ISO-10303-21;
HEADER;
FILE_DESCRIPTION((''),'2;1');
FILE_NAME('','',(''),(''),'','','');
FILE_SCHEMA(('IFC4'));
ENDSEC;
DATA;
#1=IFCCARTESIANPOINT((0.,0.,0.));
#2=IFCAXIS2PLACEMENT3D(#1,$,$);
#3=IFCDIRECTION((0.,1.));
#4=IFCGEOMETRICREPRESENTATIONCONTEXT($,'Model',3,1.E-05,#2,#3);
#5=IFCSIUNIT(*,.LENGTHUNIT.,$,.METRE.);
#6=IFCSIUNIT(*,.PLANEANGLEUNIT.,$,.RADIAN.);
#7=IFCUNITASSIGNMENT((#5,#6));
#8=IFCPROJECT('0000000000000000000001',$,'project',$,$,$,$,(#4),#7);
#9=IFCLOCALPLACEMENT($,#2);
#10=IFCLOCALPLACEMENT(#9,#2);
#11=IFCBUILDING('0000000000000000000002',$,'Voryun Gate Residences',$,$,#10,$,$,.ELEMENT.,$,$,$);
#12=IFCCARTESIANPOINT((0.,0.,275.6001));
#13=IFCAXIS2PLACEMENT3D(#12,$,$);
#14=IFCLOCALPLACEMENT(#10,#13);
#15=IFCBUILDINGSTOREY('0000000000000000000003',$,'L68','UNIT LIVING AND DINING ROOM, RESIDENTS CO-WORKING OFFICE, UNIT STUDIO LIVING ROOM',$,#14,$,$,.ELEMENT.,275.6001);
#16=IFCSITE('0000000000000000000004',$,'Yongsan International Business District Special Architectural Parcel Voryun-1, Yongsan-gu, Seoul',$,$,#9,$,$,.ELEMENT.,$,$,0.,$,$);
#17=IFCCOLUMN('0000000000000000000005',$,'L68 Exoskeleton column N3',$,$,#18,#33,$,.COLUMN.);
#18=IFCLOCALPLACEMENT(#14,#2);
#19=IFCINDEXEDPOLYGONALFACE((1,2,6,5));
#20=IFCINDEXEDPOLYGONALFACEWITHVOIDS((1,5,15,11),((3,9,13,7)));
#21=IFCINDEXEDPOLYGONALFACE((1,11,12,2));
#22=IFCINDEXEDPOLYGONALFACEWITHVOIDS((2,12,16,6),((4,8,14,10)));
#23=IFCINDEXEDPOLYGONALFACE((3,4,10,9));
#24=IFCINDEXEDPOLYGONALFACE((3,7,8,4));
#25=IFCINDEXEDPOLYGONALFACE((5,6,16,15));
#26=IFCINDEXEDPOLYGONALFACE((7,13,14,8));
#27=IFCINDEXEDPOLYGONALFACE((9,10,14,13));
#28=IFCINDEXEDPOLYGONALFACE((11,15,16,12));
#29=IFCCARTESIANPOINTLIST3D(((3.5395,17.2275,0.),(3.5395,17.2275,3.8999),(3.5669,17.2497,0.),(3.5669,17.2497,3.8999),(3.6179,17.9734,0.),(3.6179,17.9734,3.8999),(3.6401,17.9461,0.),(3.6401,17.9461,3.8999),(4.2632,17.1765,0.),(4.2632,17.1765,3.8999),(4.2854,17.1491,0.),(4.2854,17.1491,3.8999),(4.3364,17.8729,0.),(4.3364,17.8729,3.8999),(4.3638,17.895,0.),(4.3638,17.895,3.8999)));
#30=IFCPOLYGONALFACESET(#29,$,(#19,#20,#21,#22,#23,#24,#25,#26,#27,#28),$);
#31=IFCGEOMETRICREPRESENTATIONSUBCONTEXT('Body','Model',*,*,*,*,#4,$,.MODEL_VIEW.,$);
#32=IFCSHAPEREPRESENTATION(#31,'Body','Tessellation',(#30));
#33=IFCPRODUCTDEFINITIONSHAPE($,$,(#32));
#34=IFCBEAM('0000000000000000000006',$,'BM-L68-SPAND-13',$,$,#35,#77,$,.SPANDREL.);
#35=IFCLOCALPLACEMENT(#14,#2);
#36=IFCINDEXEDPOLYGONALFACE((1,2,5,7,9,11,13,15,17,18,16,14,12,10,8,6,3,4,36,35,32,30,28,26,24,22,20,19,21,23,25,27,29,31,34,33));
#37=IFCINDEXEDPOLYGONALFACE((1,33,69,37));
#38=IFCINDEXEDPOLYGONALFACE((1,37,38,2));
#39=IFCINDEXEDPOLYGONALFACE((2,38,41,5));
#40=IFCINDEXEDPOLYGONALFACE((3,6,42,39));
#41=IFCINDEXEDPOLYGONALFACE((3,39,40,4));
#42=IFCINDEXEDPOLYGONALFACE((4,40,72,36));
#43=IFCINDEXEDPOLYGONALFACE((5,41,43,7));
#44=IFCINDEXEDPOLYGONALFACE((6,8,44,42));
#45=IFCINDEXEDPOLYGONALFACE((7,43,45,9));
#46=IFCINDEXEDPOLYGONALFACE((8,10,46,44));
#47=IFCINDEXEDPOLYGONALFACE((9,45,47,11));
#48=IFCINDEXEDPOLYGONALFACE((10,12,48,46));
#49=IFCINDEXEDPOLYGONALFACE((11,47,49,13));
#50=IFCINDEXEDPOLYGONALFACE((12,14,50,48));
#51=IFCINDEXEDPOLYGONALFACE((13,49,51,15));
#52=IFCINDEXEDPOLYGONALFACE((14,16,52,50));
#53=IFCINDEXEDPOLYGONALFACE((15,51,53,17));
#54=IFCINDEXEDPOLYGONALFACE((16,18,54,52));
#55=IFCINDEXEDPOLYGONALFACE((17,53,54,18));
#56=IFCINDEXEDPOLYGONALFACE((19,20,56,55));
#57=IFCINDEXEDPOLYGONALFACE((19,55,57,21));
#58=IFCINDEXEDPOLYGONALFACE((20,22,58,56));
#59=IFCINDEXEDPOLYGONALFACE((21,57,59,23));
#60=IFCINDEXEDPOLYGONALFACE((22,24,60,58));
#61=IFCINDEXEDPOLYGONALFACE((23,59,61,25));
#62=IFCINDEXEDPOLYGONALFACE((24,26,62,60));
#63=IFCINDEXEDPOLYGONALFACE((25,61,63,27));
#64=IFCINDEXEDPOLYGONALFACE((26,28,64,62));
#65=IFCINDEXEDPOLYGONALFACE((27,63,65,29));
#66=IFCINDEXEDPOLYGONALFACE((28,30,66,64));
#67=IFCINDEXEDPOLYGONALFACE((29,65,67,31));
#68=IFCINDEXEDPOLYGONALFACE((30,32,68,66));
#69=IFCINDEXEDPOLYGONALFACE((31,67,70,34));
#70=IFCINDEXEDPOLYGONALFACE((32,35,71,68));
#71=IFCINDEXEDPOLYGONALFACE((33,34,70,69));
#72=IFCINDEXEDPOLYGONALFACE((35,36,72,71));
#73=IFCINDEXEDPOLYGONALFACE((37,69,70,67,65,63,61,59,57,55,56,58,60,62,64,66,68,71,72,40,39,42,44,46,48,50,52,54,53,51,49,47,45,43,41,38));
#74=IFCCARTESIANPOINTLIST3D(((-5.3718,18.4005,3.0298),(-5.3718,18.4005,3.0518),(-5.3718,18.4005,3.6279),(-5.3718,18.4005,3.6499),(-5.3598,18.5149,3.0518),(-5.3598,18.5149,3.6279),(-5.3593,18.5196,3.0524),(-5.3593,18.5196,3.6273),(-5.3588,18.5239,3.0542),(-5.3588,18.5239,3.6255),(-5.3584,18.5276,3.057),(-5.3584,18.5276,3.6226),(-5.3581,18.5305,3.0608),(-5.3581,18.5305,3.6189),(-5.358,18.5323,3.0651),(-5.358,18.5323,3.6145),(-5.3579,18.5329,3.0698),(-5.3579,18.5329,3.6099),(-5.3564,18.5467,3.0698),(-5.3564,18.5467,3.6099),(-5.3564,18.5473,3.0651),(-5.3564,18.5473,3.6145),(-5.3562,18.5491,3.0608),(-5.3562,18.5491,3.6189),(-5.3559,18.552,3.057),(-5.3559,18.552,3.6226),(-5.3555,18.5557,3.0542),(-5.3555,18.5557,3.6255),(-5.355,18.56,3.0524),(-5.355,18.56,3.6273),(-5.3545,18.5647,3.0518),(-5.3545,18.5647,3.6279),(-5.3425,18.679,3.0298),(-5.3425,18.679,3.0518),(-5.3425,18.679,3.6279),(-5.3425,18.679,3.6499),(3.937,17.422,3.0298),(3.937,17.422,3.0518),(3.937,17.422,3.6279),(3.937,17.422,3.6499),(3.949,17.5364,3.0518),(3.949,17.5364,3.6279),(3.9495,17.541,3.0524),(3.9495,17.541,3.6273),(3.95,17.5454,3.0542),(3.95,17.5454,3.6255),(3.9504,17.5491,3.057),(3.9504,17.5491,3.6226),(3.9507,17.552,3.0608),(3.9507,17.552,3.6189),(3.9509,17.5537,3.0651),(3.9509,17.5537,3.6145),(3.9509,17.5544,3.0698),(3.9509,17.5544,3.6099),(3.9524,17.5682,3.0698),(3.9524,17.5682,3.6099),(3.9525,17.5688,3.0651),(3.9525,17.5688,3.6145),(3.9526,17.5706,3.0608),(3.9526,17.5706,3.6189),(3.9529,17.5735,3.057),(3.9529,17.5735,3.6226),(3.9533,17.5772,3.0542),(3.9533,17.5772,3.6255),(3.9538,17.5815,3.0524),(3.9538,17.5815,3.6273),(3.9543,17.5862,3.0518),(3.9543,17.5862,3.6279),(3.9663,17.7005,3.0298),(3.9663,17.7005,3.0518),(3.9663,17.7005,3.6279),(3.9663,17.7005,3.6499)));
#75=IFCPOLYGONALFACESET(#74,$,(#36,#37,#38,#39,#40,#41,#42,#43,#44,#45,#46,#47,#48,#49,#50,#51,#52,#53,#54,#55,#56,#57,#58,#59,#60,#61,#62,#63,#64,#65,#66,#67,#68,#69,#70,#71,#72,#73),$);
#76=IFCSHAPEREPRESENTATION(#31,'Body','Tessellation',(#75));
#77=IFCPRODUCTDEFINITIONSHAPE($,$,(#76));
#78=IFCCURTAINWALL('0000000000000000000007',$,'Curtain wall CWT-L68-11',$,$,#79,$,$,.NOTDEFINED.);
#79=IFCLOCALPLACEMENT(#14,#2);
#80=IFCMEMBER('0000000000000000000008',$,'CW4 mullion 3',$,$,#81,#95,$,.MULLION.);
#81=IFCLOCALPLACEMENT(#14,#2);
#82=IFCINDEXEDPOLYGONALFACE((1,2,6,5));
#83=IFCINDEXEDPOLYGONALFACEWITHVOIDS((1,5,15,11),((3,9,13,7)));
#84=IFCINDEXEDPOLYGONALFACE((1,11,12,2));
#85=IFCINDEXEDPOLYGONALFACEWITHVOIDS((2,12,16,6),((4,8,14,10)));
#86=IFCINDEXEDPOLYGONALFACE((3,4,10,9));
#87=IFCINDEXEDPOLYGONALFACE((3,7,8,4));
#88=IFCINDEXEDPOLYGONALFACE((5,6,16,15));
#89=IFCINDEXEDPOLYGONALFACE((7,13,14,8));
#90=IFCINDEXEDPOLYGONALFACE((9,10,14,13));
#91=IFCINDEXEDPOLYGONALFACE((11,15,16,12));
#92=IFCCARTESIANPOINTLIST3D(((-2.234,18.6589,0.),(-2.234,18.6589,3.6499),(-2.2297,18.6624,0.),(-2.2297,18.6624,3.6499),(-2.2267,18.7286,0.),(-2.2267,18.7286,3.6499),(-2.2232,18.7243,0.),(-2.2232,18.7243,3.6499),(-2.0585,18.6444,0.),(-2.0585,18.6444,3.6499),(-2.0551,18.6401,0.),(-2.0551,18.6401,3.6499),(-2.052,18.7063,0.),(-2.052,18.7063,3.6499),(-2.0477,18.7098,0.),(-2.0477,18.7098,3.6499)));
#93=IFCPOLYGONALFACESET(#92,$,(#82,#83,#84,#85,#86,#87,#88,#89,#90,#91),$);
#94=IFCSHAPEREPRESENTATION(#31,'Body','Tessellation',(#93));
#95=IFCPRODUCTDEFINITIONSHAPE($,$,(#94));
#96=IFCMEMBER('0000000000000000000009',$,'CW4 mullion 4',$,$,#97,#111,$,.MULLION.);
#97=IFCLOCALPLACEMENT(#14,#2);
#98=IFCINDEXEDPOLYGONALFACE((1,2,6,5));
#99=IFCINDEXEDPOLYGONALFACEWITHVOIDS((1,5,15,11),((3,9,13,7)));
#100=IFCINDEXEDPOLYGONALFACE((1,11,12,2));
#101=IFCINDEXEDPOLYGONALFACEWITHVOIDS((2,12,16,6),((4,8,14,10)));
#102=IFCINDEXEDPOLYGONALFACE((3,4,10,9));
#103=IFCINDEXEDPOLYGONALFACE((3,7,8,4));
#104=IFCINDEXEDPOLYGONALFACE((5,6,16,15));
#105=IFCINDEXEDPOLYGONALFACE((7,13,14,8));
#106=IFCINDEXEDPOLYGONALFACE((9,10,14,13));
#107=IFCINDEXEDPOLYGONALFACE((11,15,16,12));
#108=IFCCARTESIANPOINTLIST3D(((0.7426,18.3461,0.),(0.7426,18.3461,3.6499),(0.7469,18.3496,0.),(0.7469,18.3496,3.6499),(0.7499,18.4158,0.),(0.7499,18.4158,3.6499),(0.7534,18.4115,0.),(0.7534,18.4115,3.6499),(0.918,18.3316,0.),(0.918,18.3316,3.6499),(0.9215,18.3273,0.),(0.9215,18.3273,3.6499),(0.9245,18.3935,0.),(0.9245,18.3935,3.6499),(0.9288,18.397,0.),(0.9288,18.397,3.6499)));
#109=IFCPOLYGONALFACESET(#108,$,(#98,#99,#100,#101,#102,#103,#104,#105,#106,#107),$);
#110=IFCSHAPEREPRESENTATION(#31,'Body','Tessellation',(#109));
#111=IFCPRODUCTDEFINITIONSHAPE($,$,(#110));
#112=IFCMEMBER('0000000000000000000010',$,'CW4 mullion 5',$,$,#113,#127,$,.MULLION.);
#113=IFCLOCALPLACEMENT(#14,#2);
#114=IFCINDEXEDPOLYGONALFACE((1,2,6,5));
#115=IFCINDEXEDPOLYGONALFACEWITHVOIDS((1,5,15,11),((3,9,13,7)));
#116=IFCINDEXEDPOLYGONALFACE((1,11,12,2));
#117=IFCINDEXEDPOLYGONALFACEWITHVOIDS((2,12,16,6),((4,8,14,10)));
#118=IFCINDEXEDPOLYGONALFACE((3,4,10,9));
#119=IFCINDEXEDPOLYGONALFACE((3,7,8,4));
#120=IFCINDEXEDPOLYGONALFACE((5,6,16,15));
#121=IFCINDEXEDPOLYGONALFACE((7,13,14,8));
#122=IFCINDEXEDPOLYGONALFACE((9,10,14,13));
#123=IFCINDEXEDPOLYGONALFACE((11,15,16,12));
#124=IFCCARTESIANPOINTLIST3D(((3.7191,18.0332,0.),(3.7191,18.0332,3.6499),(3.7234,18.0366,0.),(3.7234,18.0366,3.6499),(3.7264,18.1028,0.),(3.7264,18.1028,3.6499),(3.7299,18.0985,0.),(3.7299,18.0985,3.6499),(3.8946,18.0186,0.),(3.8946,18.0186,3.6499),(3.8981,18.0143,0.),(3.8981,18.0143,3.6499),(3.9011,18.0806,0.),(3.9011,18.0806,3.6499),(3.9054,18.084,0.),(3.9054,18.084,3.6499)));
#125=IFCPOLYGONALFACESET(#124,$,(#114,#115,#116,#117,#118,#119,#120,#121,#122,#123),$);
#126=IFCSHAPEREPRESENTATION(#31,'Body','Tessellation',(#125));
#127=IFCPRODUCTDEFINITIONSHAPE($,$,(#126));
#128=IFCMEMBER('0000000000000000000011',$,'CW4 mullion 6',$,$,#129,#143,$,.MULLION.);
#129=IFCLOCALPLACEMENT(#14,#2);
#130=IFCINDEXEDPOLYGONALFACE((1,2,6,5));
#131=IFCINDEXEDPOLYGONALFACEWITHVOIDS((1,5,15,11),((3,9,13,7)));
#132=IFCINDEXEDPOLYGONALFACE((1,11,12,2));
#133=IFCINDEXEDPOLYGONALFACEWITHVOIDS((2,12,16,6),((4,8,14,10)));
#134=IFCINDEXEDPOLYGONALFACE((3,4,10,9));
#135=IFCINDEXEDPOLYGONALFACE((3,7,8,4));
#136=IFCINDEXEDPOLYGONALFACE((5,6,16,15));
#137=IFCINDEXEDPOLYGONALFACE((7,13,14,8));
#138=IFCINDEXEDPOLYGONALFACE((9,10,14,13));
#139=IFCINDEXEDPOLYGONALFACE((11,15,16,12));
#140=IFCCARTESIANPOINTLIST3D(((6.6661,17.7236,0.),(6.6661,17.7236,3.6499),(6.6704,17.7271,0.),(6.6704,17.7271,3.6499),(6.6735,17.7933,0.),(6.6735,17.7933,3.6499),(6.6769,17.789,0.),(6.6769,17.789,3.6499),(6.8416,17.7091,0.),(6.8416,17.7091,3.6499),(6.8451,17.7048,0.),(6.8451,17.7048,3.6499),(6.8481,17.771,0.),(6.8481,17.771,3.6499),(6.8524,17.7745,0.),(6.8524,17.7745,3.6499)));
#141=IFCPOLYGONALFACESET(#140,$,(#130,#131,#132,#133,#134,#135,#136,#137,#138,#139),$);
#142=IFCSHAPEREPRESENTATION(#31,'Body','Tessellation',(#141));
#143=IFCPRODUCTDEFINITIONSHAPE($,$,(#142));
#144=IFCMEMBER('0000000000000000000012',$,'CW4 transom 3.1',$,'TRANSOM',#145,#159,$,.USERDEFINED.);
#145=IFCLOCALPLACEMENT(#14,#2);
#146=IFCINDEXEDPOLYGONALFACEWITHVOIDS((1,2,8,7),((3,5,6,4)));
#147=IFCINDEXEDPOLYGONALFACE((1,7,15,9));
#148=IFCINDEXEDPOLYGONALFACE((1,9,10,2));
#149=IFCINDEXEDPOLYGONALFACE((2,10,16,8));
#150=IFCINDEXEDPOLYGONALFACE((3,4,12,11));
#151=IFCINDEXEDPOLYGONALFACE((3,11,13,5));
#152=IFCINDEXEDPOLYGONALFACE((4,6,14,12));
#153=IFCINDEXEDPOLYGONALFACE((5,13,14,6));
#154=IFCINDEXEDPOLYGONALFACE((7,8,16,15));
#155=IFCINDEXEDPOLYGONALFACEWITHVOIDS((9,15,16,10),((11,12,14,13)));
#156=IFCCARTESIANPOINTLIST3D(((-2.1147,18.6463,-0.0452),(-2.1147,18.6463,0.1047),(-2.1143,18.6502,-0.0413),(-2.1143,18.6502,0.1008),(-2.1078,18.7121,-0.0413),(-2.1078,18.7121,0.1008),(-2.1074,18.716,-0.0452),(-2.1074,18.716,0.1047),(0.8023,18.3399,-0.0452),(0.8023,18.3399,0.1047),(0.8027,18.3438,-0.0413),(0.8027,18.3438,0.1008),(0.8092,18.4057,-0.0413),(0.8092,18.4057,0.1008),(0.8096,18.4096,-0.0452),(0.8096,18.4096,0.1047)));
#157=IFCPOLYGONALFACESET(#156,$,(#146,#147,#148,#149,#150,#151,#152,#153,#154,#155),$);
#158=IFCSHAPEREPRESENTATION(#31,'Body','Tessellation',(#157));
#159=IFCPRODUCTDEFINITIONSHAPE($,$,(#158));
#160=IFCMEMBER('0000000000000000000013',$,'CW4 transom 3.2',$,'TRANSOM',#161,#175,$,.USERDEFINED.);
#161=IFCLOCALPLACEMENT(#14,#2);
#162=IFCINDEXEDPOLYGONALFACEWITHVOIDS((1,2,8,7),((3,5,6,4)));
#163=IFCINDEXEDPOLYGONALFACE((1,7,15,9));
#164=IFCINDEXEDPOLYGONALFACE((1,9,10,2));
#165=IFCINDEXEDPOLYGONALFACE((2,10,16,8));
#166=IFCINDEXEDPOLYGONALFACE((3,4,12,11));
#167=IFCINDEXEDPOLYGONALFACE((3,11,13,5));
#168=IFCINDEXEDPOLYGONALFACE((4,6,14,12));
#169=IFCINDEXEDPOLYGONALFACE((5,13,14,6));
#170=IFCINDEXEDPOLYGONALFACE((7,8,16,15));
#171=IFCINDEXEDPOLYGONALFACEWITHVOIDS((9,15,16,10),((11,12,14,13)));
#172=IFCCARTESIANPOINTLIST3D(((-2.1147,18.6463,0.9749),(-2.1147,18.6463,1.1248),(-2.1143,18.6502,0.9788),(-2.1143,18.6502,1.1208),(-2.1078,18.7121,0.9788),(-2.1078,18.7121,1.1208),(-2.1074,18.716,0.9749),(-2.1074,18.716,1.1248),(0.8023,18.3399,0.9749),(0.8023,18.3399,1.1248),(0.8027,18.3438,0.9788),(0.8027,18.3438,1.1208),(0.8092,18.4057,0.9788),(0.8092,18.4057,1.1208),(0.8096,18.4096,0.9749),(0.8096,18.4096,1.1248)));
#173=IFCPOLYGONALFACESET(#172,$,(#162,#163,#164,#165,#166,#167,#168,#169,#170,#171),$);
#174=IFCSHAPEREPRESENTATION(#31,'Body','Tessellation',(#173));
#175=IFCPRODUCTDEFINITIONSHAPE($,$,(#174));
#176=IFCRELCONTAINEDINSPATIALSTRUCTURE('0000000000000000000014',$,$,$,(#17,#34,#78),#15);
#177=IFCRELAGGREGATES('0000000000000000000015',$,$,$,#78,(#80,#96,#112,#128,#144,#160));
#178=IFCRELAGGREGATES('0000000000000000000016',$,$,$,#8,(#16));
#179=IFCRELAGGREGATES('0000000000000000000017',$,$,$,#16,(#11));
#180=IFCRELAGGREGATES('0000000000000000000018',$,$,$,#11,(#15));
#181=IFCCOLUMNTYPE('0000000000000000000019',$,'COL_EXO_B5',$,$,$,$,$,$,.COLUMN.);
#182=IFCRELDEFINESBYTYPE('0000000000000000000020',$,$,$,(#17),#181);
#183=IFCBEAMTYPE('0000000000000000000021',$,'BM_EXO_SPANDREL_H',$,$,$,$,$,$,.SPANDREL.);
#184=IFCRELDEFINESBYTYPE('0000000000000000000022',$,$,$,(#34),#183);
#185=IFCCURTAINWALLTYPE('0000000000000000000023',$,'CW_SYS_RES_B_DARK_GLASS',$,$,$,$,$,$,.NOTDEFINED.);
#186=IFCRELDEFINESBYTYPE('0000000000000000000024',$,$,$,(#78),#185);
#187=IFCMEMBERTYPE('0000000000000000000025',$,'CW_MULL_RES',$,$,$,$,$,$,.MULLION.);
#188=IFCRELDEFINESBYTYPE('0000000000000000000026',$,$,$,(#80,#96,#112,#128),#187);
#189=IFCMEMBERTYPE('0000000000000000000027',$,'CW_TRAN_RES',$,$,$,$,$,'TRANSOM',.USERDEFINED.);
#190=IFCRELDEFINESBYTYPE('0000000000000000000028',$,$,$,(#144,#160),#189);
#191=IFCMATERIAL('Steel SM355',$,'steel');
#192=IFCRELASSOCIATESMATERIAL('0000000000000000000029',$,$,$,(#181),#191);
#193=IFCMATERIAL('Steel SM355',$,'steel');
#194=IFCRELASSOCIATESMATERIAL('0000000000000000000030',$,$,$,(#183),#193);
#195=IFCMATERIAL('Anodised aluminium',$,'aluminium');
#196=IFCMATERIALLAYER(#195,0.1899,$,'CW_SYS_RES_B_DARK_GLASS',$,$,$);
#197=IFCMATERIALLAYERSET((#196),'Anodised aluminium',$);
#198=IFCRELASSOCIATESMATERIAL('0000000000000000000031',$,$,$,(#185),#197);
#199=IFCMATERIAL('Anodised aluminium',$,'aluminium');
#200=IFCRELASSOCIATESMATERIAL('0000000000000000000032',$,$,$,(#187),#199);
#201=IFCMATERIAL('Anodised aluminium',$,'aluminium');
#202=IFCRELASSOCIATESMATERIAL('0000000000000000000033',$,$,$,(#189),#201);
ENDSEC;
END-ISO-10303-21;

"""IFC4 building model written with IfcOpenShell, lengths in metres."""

from ifc_helpers import new_model, si_unit, direction, frame, origin, origin_2d, place, context, subcontext, project, spatial, hollow_rectangle, i_section, extrude, material, layer, layer_set, material_profile, profile_set, type_object, element, aggregate, save


model = new_model("IFC4")

# Units and contexts
model_context = context("Model", 3, precision=1e-05, world=origin(), true_north=direction((0.0, 1.0)))
body_context = subcontext(model_context, "Body", "Model", "MODEL_VIEW")
ifc_project = project(units=[si_unit("LENGTHUNIT", "METRE"), si_unit("PLANEANGLEUNIT", "RADIAN")], contexts=[model_context])

# Site, building, storey
site_placement = place(None, origin())
site = spatial("IfcSite", under=ifc_project, at=site_placement, Name="Yongsan International Business District Special Architectural Parcel Voryun-1, Yongsan-gu, Seoul", CompositionType="ELEMENT", RefElevation=0.0)
building_placement = place(site_placement, origin())
building = spatial("IfcBuilding", under=site, at=building_placement, Name="Voryun Gate Residences", CompositionType="ELEMENT")
storey_placement = place(building_placement, frame((0.0, 0.0, 275.6001)))
storey = spatial("IfcBuildingStorey", under=building, at=storey_placement, Name="L68", Description="UNIT LIVING AND DINING ROOM, RESIDENTS CO-WORKING OFFICE, UNIT STUDIO LIVING ROOM", CompositionType="ELEMENT", Elevation=275.6001)

# Column
ifc_material_1 = material(Name="Steel SM355", Category="steel")
ifc_material_profile_1 = material_profile(ifc_material_1, hollow_rectangle(XDim=0.75, YDim=0.75, WallThickness=0.0249, at=origin_2d()), Name="BOX-750x750x25")
ifc_profile_set_1 = profile_set([ifc_material_profile_1], Name="Steel SM355")
column_type = type_object("IfcColumnType", Name="COL_EXO_B5", PredefinedType="COLUMN", material=ifc_profile_set_1)
column_placement = place(storey_placement, frame((3.9517, 17.5613, 0.0), z_axis=(0.0, 0.0, 1.0), x_axis=(0.994522, -0.104528, 0.0)))
element("IfcColumn", 1, at=column_placement, inside=storey, type_object=column_type, Name="L68 Exoskeleton column N3", PredefinedType="COLUMN", context=body_context, shape_type="SweptSolid", body=[
    extrude(hollow_rectangle(XDim=0.75, YDim=0.75, WallThickness=0.0249, at=origin_2d()), origin(), (0.0, 0.0, 1.0), 3.8999),
])

# Beam
ifc_material_2 = material(Name="Steel SM355", Category="steel")
ifc_material_profile_2 = material_profile(ifc_material_2, i_section(OverallWidth=0.28, OverallDepth=0.6201, WebThickness=0.0139, FlangeThickness=0.022, FilletRadius=0.0181, at=origin_2d()), Name="H-620x280x14x22")
ifc_profile_set_2 = profile_set([ifc_material_profile_2], Name="Steel SM355")
beam_type = type_object("IfcBeamType", Name="BM_EXO_SPANDREL_H", PredefinedType="SPANDREL", material=ifc_profile_set_2)
beam_placement = place(storey_placement, frame((3.9517, 17.5613, 3.3398), z_axis=(-0.994521, 0.104541, 0.0), x_axis=(-0.104541, -0.994521, 0.0)))
element("IfcBeam", 2, at=beam_placement, inside=storey, type_object=beam_type, Name="BM-L68-SPAND-13", PredefinedType="SPANDREL", context=body_context, shape_type="SweptSolid", body=[
    extrude(i_section(OverallWidth=0.28, OverallDepth=0.6201, WebThickness=0.0139, FlangeThickness=0.022, FilletRadius=0.0181, at=origin_2d()), origin(), (0.0, 0.0, 1.0), 9.3601),
])

# Curtain wall, members
ifc_material_3 = material(Name="Anodised aluminium", Category="aluminium")
ifc_layer_1 = layer(ifc_material_3, 0.1899, Name="CW_SYS_RES_B_DARK_GLASS")
ifc_layer_set_1 = layer_set([ifc_layer_1], Name="Anodised aluminium")
curtain_wall_type = type_object("IfcCurtainWallType", Name="CW_SYS_RES_B_DARK_GLASS", PredefinedType="NOTDEFINED", material=ifc_layer_set_1)
curtain_wall_placement = place(storey_placement, origin())
curtain_wall = element("IfcCurtainWall", 3, at=curtain_wall_placement, inside=storey, type_object=curtain_wall_type, Name="Curtain wall CWT-L68-11", PredefinedType="NOTDEFINED")
ifc_material_4 = material(Name="Anodised aluminium", Category="aluminium")
ifc_material_profile_3 = material_profile(ifc_material_4, hollow_rectangle(XDim=0.0701, YDim=0.1799, WallThickness=0.0039, at=origin_2d()), Name="ALU-MULL-180x70x4")
ifc_profile_set_3 = profile_set([ifc_material_profile_3], Name="Anodised aluminium")
member_type_1 = type_object("IfcMemberType", Name="CW_MULL_RES", PredefinedType="MULLION", material=ifc_profile_set_3)
member_1_placement = place(storey_placement, frame((-2.1409, 18.6843, 0.0), z_axis=(0.0, 0.0, 1.0), x_axis=(0.104529, 0.994522, 0.0)))
member_1 = element("IfcMember", 4, at=member_1_placement, type_object=member_type_1, Name="CW4 mullion 3", PredefinedType="MULLION", context=body_context, shape_type="SweptSolid", body=[
    extrude(hollow_rectangle(XDim=0.0701, YDim=0.1799, WallThickness=0.0039, at=origin_2d()), origin(), (0.0, 0.0, 1.0), 3.6499),
])
member_2_placement = place(storey_placement, frame((0.8357, 18.3716, 0.0), z_axis=(0.0, 0.0, 1.0), x_axis=(0.104529, 0.994522, 0.0)))
member_2 = element("IfcMember", 5, at=member_2_placement, type_object=member_type_1, Name="CW4 mullion 4", PredefinedType="MULLION", context=body_context, shape_type="SweptSolid", body=[
    extrude(hollow_rectangle(XDim=0.0701, YDim=0.1799, WallThickness=0.0039, at=origin_2d()), origin(), (0.0, 0.0, 1.0), 3.6499),
])
member_3_placement = place(storey_placement, frame((3.8123, 18.0586, 0.0), z_axis=(0.0, 0.0, 1.0), x_axis=(0.104529, 0.994522, 0.0)))
member_3 = element("IfcMember", 6, at=member_3_placement, type_object=member_type_1, Name="CW4 mullion 5", PredefinedType="MULLION", context=body_context, shape_type="SweptSolid", body=[
    extrude(hollow_rectangle(XDim=0.0701, YDim=0.1799, WallThickness=0.0039, at=origin_2d()), origin(), (0.0, 0.0, 1.0), 3.6499),
])
member_4_placement = place(storey_placement, frame((6.7593, 17.749, 0.0), z_axis=(0.0, 0.0, 1.0), x_axis=(0.104529, 0.994522, 0.0)))
member_4 = element("IfcMember", 7, at=member_4_placement, type_object=member_type_1, Name="CW4 mullion 6", PredefinedType="MULLION", context=body_context, shape_type="SweptSolid", body=[
    extrude(hollow_rectangle(XDim=0.0701, YDim=0.1799, WallThickness=0.0039, at=origin_2d()), origin(), (0.0, 0.0, 1.0), 3.6499),
])
ifc_material_5 = material(Name="Anodised aluminium", Category="aluminium")
ifc_material_profile_4 = material_profile(ifc_material_5, hollow_rectangle(XDim=0.0701, YDim=0.1499, WallThickness=0.0039, at=origin_2d()), Name="ALU-TRAN-150x70x4")
ifc_profile_set_4 = profile_set([ifc_material_profile_4], Name="Anodised aluminium")
member_type_2 = type_object("IfcMemberType", Name="CW_TRAN_RES", ElementType="TRANSOM", PredefinedType="USERDEFINED", material=ifc_profile_set_4)
member_5_placement = place(storey_placement, frame((-2.1111, 18.6812, 0.0298), z_axis=(0.994529, -0.104464, 0.0), x_axis=(0.104464, 0.994529, 0.0)))
member_5 = element("IfcMember", 8, at=member_5_placement, type_object=member_type_2, Name="CW4 transom 3.1", ObjectType="TRANSOM", PredefinedType="USERDEFINED", context=body_context, shape_type="SweptSolid", body=[
    extrude(hollow_rectangle(XDim=0.0701, YDim=0.1499, WallThickness=0.0039, at=origin_2d()), origin(), (0.0, 0.0, 1.0), 2.9331),
])
member_6_placement = place(storey_placement, frame((-2.1111, 18.6812, 1.0498), z_axis=(0.994529, -0.104464, 0.0), x_axis=(0.104464, 0.994529, 0.0)))
member_6 = element("IfcMember", 9, at=member_6_placement, type_object=member_type_2, Name="CW4 transom 3.2", ObjectType="TRANSOM", PredefinedType="USERDEFINED", context=body_context, shape_type="SweptSolid", body=[
    extrude(hollow_rectangle(XDim=0.0701, YDim=0.1499, WallThickness=0.0039, at=origin_2d()), origin(), (0.0, 0.0, 1.0), 2.9331),
])
aggregate(curtain_wall, [member_1, member_2, member_3, member_4, member_5, member_6])

save(model, "model.ifc")
